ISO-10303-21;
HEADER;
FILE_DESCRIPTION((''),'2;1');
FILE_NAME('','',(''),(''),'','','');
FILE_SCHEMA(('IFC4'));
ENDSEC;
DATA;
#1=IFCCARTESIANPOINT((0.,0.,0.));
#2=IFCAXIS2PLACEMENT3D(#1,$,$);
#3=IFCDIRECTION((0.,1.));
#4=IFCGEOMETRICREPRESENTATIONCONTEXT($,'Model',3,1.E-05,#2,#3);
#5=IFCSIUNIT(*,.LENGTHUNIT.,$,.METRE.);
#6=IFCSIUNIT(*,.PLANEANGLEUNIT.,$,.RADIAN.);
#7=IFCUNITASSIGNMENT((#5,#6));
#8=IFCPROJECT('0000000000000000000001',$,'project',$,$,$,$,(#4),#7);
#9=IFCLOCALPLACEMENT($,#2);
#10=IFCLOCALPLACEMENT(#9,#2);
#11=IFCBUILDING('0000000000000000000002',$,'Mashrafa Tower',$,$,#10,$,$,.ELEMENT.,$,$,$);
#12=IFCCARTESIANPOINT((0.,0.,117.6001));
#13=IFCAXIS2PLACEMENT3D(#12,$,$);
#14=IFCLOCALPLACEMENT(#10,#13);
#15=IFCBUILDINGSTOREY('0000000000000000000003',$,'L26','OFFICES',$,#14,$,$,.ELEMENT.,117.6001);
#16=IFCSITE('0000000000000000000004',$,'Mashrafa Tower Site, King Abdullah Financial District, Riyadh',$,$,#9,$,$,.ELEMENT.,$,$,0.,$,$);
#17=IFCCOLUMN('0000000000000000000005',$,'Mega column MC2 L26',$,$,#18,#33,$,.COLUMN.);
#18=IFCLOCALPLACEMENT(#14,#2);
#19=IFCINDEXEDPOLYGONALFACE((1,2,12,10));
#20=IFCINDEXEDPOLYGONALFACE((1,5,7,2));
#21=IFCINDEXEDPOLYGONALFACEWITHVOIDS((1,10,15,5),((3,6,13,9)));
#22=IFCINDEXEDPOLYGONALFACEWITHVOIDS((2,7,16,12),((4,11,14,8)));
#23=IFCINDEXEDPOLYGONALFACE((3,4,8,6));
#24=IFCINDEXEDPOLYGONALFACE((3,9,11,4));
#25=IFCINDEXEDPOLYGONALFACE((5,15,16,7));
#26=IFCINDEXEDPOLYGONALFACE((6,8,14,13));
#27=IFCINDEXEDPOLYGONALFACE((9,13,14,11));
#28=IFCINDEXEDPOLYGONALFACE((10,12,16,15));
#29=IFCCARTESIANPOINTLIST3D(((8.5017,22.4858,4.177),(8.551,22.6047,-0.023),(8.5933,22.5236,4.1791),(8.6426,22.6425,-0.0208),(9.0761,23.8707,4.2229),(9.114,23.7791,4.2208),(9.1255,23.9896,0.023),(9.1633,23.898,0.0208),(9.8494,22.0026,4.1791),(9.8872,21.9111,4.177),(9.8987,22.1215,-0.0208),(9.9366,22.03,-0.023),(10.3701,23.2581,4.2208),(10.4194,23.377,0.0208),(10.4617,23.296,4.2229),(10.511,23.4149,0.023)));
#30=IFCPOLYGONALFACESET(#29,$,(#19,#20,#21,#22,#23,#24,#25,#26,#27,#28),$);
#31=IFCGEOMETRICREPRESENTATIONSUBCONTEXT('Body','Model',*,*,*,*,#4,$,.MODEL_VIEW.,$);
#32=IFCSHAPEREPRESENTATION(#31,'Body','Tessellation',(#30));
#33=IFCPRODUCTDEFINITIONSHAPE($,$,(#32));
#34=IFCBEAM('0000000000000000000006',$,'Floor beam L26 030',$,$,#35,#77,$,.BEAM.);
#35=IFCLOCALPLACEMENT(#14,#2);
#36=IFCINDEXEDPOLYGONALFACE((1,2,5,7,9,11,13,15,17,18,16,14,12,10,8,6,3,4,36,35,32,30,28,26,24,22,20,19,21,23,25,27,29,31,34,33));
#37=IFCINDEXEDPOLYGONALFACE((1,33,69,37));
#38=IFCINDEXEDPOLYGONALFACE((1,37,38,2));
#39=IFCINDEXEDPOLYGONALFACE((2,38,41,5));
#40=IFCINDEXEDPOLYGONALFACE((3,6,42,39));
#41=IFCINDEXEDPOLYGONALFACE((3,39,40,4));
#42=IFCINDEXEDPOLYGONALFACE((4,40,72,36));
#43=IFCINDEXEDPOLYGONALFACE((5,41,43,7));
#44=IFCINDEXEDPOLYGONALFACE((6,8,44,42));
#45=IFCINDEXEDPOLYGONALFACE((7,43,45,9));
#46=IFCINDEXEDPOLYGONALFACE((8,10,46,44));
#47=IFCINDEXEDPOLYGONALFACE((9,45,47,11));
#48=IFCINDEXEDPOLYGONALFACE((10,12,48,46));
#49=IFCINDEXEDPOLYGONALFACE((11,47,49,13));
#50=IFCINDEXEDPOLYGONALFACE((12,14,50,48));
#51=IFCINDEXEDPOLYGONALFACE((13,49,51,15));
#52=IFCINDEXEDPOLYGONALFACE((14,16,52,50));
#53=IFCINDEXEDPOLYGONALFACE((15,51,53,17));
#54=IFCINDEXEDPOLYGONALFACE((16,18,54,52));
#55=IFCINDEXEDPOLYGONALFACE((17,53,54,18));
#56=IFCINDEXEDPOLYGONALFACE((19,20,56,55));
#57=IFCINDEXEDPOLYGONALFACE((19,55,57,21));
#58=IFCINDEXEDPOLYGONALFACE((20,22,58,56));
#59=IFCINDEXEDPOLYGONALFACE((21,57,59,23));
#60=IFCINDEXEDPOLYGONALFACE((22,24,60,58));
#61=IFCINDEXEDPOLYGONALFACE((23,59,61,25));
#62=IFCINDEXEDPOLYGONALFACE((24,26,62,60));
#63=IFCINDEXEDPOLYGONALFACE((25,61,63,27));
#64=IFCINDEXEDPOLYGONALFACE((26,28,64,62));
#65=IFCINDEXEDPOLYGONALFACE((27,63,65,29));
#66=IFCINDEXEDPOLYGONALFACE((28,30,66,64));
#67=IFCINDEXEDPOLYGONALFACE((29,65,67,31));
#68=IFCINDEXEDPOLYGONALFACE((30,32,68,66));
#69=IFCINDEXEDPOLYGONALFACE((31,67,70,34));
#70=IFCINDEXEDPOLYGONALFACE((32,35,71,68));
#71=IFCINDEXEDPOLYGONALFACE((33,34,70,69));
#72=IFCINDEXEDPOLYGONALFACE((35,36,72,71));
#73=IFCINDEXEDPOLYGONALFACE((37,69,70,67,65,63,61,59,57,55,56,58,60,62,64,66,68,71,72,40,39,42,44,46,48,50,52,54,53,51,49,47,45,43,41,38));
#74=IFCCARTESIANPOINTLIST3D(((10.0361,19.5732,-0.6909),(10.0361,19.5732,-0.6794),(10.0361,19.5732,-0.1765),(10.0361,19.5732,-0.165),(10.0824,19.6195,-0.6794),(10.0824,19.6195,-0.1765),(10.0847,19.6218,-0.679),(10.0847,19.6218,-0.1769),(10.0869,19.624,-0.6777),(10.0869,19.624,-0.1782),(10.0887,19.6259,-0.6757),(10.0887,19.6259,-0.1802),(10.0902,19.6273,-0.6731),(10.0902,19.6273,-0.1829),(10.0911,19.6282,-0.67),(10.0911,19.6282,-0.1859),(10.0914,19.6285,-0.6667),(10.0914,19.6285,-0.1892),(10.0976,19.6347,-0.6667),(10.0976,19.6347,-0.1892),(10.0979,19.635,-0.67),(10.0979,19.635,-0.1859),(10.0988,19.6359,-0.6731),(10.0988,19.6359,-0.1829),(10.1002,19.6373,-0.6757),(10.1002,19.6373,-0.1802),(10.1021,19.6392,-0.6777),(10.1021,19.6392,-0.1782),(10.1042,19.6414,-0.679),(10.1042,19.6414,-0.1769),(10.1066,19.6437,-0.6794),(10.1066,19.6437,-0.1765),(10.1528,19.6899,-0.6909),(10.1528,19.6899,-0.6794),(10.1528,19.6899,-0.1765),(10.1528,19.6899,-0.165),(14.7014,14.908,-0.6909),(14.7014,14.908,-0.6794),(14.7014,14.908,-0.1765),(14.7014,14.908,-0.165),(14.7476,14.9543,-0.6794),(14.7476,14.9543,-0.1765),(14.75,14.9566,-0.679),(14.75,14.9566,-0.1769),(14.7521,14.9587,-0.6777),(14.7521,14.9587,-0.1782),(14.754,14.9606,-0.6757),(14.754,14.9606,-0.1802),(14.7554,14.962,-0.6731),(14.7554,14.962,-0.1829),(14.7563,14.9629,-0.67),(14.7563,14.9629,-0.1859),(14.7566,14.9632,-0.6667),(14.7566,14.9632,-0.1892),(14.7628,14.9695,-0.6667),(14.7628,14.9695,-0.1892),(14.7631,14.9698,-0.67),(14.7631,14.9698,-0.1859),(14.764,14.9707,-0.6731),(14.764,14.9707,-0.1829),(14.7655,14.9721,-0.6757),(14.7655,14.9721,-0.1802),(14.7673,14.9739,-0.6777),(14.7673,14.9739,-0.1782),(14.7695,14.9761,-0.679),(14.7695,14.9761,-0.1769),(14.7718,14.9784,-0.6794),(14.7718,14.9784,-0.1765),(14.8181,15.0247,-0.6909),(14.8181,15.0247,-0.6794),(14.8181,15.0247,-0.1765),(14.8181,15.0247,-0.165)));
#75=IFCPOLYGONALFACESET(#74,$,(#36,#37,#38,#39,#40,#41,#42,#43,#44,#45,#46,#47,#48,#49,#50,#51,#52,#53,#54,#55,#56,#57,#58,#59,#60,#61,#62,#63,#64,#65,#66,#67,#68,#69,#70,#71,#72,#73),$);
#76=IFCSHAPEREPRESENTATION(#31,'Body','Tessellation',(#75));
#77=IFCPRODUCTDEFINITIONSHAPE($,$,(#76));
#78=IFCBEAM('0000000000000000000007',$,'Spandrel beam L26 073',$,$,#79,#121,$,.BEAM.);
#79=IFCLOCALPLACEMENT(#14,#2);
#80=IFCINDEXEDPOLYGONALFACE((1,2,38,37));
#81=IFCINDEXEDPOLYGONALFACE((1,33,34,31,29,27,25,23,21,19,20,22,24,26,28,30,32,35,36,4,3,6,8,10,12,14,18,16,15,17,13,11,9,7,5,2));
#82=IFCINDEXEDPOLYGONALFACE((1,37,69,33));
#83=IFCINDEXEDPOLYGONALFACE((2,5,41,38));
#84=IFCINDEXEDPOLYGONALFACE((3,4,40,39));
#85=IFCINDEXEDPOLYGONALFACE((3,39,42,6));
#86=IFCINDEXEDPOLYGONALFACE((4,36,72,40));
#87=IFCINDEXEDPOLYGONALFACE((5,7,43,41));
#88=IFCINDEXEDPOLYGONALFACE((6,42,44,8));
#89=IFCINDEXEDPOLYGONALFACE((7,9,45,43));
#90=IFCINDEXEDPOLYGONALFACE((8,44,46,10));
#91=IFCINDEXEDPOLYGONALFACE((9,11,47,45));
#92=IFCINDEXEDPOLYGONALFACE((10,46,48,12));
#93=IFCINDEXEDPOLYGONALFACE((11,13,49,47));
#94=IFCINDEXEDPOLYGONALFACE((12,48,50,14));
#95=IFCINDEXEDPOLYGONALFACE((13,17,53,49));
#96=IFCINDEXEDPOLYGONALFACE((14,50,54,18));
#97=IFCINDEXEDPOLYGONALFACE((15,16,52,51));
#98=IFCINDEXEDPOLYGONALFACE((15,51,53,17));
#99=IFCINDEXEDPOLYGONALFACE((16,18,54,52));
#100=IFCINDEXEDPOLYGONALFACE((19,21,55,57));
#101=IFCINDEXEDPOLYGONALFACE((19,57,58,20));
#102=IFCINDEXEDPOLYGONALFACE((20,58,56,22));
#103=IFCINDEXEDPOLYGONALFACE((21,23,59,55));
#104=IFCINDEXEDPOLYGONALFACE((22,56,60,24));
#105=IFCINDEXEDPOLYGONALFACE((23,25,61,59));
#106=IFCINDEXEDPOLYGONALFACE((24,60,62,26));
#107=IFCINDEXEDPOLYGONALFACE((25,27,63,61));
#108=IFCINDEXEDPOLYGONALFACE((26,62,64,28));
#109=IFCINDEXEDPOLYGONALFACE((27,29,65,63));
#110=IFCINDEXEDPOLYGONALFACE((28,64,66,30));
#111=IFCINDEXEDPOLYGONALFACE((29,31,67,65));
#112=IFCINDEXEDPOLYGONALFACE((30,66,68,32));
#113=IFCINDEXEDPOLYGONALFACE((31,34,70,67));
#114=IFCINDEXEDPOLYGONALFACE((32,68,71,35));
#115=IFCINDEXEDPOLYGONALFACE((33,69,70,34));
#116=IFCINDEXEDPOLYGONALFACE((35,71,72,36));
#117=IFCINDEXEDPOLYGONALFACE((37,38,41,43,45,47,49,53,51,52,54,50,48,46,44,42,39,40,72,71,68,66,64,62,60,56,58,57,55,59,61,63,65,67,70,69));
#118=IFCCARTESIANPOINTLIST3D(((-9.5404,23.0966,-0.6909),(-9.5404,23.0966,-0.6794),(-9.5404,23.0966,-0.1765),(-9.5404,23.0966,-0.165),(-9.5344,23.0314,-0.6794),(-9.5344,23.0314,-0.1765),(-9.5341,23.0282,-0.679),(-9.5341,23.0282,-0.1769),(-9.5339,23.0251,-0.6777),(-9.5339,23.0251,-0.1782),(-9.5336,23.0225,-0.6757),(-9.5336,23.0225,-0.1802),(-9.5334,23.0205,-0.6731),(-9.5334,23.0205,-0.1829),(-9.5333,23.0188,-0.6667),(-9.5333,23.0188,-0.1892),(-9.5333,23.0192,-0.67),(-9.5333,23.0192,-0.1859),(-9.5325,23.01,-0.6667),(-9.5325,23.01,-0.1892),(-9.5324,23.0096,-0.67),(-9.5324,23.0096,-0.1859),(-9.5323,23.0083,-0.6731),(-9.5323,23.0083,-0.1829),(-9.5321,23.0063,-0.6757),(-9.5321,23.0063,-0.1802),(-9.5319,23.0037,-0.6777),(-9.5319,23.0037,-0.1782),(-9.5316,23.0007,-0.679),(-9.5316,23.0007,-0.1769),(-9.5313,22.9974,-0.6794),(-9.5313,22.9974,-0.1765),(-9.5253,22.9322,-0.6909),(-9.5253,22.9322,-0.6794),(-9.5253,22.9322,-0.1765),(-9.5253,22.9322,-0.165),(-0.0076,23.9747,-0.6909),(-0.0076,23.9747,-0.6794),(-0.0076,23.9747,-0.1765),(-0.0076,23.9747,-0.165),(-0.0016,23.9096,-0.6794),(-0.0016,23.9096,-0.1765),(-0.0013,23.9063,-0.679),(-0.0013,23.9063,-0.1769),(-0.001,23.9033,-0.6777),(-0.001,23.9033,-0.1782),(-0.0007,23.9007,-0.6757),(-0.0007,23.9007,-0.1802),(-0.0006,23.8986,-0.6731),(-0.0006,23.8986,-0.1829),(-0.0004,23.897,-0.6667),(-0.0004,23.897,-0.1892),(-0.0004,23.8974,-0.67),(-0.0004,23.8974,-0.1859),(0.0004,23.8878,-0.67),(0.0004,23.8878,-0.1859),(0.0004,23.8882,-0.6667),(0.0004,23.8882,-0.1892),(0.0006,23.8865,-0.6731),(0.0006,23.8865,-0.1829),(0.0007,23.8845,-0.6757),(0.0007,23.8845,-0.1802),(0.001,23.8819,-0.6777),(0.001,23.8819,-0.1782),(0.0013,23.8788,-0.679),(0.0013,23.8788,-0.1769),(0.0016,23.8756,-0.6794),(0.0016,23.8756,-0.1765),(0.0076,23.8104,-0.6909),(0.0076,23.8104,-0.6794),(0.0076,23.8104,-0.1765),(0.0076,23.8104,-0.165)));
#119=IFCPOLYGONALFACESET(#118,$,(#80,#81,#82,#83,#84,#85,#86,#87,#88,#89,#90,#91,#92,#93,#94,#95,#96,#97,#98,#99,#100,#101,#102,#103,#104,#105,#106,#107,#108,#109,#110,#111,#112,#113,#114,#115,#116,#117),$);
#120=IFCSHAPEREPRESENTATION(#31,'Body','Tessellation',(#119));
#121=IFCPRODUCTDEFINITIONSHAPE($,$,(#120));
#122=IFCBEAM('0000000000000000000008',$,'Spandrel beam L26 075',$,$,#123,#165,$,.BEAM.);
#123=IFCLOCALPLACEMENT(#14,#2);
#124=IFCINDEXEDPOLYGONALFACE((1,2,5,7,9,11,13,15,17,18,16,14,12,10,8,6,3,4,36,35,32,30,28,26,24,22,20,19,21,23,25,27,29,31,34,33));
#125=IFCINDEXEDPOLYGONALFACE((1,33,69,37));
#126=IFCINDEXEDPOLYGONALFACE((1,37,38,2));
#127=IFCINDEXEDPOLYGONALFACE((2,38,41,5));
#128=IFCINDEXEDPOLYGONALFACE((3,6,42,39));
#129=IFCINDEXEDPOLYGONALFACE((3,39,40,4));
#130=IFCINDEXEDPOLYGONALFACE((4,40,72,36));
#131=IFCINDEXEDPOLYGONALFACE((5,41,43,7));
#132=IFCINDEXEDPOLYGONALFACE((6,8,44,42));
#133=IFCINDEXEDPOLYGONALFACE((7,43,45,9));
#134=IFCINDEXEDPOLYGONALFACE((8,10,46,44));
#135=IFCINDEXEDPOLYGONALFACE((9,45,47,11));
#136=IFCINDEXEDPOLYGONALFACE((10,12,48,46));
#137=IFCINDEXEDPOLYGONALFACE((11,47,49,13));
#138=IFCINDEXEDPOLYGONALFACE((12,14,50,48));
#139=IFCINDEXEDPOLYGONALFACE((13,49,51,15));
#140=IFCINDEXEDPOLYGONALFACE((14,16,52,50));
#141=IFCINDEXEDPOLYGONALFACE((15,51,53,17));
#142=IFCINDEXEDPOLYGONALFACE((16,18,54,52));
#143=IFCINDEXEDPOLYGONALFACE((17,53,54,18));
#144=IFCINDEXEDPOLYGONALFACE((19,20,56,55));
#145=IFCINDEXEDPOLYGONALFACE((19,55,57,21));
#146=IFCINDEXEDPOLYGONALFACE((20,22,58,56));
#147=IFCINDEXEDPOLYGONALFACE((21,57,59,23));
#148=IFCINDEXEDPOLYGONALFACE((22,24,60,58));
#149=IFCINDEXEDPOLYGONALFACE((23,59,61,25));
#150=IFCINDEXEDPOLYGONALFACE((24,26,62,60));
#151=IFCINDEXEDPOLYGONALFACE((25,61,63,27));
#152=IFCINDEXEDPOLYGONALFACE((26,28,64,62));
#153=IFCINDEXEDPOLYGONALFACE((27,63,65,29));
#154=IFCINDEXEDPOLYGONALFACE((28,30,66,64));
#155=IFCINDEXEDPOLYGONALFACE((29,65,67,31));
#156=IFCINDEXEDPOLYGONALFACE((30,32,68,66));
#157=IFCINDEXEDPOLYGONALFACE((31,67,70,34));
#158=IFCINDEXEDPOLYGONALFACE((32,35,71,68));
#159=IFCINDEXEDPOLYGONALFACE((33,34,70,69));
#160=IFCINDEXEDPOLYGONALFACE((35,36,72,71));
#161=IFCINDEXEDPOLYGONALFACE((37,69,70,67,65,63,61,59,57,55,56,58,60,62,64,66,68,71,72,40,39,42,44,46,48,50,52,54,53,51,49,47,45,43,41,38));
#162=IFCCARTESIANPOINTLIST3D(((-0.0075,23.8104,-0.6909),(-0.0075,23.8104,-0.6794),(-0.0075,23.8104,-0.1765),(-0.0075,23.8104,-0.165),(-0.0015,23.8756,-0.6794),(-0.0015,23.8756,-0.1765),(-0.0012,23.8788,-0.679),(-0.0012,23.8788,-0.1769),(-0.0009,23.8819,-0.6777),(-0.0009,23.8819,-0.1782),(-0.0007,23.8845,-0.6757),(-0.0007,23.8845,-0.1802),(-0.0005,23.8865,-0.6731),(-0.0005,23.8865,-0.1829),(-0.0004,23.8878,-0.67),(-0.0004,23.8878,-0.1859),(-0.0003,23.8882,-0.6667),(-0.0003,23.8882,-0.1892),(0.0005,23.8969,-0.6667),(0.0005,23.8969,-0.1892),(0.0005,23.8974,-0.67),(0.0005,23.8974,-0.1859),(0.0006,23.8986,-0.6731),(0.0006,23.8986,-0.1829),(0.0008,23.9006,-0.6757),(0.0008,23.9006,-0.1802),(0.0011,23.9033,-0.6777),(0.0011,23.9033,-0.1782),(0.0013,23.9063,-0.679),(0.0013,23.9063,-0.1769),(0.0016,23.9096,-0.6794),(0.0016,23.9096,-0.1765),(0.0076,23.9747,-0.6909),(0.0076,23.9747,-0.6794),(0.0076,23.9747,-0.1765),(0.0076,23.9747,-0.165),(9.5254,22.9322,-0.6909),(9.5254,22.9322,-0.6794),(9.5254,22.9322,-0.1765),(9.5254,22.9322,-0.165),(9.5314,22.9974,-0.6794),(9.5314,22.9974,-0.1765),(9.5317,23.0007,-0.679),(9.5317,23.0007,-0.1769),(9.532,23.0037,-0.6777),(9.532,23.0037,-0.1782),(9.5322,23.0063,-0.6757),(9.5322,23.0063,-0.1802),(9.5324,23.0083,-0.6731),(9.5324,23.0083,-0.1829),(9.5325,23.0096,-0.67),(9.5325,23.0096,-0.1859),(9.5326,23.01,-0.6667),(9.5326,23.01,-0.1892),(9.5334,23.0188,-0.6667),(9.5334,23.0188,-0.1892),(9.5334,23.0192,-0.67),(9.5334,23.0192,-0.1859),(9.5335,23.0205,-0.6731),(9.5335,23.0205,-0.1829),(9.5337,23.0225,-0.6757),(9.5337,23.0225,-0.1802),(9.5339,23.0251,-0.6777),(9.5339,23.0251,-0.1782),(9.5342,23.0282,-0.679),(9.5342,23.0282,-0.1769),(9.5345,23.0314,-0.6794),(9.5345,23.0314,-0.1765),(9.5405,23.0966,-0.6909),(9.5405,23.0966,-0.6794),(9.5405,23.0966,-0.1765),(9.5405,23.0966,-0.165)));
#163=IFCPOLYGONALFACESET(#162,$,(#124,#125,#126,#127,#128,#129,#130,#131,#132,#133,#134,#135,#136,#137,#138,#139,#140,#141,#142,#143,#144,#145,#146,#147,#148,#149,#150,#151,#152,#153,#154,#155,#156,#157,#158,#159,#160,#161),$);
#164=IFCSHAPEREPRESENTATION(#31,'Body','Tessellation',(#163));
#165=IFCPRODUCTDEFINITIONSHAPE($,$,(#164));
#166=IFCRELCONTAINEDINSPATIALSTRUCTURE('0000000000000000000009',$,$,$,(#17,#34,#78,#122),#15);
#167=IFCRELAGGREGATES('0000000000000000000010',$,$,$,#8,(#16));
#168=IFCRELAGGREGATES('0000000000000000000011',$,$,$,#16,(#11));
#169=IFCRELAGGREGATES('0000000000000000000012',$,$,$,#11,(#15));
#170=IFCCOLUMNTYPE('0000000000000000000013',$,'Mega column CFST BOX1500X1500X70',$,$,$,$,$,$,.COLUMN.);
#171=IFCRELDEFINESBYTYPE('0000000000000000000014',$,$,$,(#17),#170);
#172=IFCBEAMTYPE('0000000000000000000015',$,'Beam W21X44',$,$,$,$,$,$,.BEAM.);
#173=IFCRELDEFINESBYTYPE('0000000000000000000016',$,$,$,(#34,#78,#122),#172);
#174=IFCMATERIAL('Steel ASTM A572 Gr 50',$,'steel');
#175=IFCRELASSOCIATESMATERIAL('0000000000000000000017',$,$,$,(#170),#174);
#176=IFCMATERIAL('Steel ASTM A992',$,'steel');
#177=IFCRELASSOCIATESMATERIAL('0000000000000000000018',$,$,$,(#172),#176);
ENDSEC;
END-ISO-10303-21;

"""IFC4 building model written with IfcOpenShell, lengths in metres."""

from ifc_helpers import new_model, si_unit, direction, frame, origin, origin_2d, place, context, subcontext, project, spatial, hollow_rectangle, i_section, extrude, material, material_profile, profile_set, type_object, element, save


model = new_model("IFC4")

# Units and contexts
model_context = context("Model", 3, precision=1e-05, world=origin(), true_north=direction((0.0, 1.0)))
body_context = subcontext(model_context, "Body", "Model", "MODEL_VIEW")
ifc_project = project(units=[si_unit("LENGTHUNIT", "METRE"), si_unit("PLANEANGLEUNIT", "RADIAN")], contexts=[model_context])

# Site, building, storey
site_placement = place(None, origin())
site = spatial("IfcSite", under=ifc_project, at=site_placement, Name="Mashrafa Tower Site, King Abdullah Financial District, Riyadh", CompositionType="ELEMENT", RefElevation=0.0)
building_placement = place(site_placement, origin())
building = spatial("IfcBuilding", under=site, at=building_placement, Name="Mashrafa Tower", CompositionType="ELEMENT")
storey_placement = place(building_placement, frame((0.0, 0.0, 117.6001)))
storey = spatial("IfcBuildingStorey", under=building, at=storey_placement, Name="L26", Description="OFFICES", CompositionType="ELEMENT", Elevation=117.6001)

# Column
ifc_material_1 = material(Name="Steel ASTM A572 Gr 50", Category="steel")
ifc_material_profile_1 = material_profile(ifc_material_1, hollow_rectangle(XDim=1.5, YDim=1.5, WallThickness=0.0701, at=origin_2d()), Name="BOX1500X1500X70")
ifc_profile_set_1 = profile_set([ifc_material_profile_1], Name="Steel ASTM A572 Gr 50")
column_type = type_object("IfcColumnType", Name="Mega column CFST BOX1500X1500X70", PredefinedType="COLUMN", material=ifc_profile_set_1)
column_placement = place(storey_placement, frame((9.531, 23.0098, 0.0), z_axis=(-0.011737, -0.028296, 0.999531), x_axis=(0.923693, -0.383133, 0.0)))
element("IfcColumn", 1, at=column_placement, inside=storey, type_object=column_type, Name="Mega column MC2 L26", PredefinedType="COLUMN", context=body_context, shape_type="SweptSolid", body=[
    extrude(hollow_rectangle(XDim=1.5, YDim=1.5, WallThickness=0.0701, at=origin_2d()), origin(), (0.0, 0.0, 1.0), 4.2019),
])

# Beams
ifc_material_2 = material(Name="Steel ASTM A992", Category="steel")
ifc_material_profile_2 = material_profile(ifc_material_2, i_section(OverallWidth=0.165, OverallDepth=0.5259, WebThickness=0.0088, FlangeThickness=0.0115, FilletRadius=0.0127, at=origin_2d()), Name="W21X44")
ifc_profile_set_2 = profile_set([ifc_material_profile_2], Name="Steel ASTM A992")
beam_type_1 = type_object("IfcBeamType", Name="Beam W21X44", PredefinedType="BEAM", material=ifc_profile_set_2)
beam_1_placement = place(storey_placement, frame((10.0945, 19.6316, -0.428), z_axis=(0.707107, -0.707107, 0.0), x_axis=(0.707107, 0.707107, 0.0)))
element("IfcBeam", 2, at=beam_1_placement, inside=storey, type_object=beam_type_1, Name="Floor beam L26 030", PredefinedType="BEAM", context=body_context, shape_type="SweptSolid", body=[
    extrude(i_section(OverallWidth=0.165, OverallDepth=0.5259, WebThickness=0.0088, FlangeThickness=0.0115, FilletRadius=0.0127, at=origin_2d()), origin(), (0.0, 0.0, 1.0), 6.5977),
])
for number, where, z_axis, x_axis, name in (
    (3, (0.0, 23.8926, -0.428), (-0.995784, -0.091731, 0.0), (0.091731, -0.995784, 0.0), "Spandrel beam L26 073"),
    (4, (9.533, 23.0144, -0.428), (-0.995784, 0.091731, 0.0), (-0.091731, -0.995784, 0.0), "Spandrel beam L26 075"),
):
    element("IfcBeam", number, at=place(storey_placement, frame(where, z_axis=z_axis, x_axis=x_axis)), inside=storey, type_object=beam_type_1, Name=name, PredefinedType="BEAM", context=body_context, shape_type="SweptSolid", body=[
        extrude(i_section(OverallWidth=0.165, OverallDepth=0.5259, WebThickness=0.0088, FlangeThickness=0.0115, FilletRadius=0.0127, at=origin_2d()), origin(), (0.0, 0.0, 1.0), 9.5732),
    ])

save(model, "model.ifc")
